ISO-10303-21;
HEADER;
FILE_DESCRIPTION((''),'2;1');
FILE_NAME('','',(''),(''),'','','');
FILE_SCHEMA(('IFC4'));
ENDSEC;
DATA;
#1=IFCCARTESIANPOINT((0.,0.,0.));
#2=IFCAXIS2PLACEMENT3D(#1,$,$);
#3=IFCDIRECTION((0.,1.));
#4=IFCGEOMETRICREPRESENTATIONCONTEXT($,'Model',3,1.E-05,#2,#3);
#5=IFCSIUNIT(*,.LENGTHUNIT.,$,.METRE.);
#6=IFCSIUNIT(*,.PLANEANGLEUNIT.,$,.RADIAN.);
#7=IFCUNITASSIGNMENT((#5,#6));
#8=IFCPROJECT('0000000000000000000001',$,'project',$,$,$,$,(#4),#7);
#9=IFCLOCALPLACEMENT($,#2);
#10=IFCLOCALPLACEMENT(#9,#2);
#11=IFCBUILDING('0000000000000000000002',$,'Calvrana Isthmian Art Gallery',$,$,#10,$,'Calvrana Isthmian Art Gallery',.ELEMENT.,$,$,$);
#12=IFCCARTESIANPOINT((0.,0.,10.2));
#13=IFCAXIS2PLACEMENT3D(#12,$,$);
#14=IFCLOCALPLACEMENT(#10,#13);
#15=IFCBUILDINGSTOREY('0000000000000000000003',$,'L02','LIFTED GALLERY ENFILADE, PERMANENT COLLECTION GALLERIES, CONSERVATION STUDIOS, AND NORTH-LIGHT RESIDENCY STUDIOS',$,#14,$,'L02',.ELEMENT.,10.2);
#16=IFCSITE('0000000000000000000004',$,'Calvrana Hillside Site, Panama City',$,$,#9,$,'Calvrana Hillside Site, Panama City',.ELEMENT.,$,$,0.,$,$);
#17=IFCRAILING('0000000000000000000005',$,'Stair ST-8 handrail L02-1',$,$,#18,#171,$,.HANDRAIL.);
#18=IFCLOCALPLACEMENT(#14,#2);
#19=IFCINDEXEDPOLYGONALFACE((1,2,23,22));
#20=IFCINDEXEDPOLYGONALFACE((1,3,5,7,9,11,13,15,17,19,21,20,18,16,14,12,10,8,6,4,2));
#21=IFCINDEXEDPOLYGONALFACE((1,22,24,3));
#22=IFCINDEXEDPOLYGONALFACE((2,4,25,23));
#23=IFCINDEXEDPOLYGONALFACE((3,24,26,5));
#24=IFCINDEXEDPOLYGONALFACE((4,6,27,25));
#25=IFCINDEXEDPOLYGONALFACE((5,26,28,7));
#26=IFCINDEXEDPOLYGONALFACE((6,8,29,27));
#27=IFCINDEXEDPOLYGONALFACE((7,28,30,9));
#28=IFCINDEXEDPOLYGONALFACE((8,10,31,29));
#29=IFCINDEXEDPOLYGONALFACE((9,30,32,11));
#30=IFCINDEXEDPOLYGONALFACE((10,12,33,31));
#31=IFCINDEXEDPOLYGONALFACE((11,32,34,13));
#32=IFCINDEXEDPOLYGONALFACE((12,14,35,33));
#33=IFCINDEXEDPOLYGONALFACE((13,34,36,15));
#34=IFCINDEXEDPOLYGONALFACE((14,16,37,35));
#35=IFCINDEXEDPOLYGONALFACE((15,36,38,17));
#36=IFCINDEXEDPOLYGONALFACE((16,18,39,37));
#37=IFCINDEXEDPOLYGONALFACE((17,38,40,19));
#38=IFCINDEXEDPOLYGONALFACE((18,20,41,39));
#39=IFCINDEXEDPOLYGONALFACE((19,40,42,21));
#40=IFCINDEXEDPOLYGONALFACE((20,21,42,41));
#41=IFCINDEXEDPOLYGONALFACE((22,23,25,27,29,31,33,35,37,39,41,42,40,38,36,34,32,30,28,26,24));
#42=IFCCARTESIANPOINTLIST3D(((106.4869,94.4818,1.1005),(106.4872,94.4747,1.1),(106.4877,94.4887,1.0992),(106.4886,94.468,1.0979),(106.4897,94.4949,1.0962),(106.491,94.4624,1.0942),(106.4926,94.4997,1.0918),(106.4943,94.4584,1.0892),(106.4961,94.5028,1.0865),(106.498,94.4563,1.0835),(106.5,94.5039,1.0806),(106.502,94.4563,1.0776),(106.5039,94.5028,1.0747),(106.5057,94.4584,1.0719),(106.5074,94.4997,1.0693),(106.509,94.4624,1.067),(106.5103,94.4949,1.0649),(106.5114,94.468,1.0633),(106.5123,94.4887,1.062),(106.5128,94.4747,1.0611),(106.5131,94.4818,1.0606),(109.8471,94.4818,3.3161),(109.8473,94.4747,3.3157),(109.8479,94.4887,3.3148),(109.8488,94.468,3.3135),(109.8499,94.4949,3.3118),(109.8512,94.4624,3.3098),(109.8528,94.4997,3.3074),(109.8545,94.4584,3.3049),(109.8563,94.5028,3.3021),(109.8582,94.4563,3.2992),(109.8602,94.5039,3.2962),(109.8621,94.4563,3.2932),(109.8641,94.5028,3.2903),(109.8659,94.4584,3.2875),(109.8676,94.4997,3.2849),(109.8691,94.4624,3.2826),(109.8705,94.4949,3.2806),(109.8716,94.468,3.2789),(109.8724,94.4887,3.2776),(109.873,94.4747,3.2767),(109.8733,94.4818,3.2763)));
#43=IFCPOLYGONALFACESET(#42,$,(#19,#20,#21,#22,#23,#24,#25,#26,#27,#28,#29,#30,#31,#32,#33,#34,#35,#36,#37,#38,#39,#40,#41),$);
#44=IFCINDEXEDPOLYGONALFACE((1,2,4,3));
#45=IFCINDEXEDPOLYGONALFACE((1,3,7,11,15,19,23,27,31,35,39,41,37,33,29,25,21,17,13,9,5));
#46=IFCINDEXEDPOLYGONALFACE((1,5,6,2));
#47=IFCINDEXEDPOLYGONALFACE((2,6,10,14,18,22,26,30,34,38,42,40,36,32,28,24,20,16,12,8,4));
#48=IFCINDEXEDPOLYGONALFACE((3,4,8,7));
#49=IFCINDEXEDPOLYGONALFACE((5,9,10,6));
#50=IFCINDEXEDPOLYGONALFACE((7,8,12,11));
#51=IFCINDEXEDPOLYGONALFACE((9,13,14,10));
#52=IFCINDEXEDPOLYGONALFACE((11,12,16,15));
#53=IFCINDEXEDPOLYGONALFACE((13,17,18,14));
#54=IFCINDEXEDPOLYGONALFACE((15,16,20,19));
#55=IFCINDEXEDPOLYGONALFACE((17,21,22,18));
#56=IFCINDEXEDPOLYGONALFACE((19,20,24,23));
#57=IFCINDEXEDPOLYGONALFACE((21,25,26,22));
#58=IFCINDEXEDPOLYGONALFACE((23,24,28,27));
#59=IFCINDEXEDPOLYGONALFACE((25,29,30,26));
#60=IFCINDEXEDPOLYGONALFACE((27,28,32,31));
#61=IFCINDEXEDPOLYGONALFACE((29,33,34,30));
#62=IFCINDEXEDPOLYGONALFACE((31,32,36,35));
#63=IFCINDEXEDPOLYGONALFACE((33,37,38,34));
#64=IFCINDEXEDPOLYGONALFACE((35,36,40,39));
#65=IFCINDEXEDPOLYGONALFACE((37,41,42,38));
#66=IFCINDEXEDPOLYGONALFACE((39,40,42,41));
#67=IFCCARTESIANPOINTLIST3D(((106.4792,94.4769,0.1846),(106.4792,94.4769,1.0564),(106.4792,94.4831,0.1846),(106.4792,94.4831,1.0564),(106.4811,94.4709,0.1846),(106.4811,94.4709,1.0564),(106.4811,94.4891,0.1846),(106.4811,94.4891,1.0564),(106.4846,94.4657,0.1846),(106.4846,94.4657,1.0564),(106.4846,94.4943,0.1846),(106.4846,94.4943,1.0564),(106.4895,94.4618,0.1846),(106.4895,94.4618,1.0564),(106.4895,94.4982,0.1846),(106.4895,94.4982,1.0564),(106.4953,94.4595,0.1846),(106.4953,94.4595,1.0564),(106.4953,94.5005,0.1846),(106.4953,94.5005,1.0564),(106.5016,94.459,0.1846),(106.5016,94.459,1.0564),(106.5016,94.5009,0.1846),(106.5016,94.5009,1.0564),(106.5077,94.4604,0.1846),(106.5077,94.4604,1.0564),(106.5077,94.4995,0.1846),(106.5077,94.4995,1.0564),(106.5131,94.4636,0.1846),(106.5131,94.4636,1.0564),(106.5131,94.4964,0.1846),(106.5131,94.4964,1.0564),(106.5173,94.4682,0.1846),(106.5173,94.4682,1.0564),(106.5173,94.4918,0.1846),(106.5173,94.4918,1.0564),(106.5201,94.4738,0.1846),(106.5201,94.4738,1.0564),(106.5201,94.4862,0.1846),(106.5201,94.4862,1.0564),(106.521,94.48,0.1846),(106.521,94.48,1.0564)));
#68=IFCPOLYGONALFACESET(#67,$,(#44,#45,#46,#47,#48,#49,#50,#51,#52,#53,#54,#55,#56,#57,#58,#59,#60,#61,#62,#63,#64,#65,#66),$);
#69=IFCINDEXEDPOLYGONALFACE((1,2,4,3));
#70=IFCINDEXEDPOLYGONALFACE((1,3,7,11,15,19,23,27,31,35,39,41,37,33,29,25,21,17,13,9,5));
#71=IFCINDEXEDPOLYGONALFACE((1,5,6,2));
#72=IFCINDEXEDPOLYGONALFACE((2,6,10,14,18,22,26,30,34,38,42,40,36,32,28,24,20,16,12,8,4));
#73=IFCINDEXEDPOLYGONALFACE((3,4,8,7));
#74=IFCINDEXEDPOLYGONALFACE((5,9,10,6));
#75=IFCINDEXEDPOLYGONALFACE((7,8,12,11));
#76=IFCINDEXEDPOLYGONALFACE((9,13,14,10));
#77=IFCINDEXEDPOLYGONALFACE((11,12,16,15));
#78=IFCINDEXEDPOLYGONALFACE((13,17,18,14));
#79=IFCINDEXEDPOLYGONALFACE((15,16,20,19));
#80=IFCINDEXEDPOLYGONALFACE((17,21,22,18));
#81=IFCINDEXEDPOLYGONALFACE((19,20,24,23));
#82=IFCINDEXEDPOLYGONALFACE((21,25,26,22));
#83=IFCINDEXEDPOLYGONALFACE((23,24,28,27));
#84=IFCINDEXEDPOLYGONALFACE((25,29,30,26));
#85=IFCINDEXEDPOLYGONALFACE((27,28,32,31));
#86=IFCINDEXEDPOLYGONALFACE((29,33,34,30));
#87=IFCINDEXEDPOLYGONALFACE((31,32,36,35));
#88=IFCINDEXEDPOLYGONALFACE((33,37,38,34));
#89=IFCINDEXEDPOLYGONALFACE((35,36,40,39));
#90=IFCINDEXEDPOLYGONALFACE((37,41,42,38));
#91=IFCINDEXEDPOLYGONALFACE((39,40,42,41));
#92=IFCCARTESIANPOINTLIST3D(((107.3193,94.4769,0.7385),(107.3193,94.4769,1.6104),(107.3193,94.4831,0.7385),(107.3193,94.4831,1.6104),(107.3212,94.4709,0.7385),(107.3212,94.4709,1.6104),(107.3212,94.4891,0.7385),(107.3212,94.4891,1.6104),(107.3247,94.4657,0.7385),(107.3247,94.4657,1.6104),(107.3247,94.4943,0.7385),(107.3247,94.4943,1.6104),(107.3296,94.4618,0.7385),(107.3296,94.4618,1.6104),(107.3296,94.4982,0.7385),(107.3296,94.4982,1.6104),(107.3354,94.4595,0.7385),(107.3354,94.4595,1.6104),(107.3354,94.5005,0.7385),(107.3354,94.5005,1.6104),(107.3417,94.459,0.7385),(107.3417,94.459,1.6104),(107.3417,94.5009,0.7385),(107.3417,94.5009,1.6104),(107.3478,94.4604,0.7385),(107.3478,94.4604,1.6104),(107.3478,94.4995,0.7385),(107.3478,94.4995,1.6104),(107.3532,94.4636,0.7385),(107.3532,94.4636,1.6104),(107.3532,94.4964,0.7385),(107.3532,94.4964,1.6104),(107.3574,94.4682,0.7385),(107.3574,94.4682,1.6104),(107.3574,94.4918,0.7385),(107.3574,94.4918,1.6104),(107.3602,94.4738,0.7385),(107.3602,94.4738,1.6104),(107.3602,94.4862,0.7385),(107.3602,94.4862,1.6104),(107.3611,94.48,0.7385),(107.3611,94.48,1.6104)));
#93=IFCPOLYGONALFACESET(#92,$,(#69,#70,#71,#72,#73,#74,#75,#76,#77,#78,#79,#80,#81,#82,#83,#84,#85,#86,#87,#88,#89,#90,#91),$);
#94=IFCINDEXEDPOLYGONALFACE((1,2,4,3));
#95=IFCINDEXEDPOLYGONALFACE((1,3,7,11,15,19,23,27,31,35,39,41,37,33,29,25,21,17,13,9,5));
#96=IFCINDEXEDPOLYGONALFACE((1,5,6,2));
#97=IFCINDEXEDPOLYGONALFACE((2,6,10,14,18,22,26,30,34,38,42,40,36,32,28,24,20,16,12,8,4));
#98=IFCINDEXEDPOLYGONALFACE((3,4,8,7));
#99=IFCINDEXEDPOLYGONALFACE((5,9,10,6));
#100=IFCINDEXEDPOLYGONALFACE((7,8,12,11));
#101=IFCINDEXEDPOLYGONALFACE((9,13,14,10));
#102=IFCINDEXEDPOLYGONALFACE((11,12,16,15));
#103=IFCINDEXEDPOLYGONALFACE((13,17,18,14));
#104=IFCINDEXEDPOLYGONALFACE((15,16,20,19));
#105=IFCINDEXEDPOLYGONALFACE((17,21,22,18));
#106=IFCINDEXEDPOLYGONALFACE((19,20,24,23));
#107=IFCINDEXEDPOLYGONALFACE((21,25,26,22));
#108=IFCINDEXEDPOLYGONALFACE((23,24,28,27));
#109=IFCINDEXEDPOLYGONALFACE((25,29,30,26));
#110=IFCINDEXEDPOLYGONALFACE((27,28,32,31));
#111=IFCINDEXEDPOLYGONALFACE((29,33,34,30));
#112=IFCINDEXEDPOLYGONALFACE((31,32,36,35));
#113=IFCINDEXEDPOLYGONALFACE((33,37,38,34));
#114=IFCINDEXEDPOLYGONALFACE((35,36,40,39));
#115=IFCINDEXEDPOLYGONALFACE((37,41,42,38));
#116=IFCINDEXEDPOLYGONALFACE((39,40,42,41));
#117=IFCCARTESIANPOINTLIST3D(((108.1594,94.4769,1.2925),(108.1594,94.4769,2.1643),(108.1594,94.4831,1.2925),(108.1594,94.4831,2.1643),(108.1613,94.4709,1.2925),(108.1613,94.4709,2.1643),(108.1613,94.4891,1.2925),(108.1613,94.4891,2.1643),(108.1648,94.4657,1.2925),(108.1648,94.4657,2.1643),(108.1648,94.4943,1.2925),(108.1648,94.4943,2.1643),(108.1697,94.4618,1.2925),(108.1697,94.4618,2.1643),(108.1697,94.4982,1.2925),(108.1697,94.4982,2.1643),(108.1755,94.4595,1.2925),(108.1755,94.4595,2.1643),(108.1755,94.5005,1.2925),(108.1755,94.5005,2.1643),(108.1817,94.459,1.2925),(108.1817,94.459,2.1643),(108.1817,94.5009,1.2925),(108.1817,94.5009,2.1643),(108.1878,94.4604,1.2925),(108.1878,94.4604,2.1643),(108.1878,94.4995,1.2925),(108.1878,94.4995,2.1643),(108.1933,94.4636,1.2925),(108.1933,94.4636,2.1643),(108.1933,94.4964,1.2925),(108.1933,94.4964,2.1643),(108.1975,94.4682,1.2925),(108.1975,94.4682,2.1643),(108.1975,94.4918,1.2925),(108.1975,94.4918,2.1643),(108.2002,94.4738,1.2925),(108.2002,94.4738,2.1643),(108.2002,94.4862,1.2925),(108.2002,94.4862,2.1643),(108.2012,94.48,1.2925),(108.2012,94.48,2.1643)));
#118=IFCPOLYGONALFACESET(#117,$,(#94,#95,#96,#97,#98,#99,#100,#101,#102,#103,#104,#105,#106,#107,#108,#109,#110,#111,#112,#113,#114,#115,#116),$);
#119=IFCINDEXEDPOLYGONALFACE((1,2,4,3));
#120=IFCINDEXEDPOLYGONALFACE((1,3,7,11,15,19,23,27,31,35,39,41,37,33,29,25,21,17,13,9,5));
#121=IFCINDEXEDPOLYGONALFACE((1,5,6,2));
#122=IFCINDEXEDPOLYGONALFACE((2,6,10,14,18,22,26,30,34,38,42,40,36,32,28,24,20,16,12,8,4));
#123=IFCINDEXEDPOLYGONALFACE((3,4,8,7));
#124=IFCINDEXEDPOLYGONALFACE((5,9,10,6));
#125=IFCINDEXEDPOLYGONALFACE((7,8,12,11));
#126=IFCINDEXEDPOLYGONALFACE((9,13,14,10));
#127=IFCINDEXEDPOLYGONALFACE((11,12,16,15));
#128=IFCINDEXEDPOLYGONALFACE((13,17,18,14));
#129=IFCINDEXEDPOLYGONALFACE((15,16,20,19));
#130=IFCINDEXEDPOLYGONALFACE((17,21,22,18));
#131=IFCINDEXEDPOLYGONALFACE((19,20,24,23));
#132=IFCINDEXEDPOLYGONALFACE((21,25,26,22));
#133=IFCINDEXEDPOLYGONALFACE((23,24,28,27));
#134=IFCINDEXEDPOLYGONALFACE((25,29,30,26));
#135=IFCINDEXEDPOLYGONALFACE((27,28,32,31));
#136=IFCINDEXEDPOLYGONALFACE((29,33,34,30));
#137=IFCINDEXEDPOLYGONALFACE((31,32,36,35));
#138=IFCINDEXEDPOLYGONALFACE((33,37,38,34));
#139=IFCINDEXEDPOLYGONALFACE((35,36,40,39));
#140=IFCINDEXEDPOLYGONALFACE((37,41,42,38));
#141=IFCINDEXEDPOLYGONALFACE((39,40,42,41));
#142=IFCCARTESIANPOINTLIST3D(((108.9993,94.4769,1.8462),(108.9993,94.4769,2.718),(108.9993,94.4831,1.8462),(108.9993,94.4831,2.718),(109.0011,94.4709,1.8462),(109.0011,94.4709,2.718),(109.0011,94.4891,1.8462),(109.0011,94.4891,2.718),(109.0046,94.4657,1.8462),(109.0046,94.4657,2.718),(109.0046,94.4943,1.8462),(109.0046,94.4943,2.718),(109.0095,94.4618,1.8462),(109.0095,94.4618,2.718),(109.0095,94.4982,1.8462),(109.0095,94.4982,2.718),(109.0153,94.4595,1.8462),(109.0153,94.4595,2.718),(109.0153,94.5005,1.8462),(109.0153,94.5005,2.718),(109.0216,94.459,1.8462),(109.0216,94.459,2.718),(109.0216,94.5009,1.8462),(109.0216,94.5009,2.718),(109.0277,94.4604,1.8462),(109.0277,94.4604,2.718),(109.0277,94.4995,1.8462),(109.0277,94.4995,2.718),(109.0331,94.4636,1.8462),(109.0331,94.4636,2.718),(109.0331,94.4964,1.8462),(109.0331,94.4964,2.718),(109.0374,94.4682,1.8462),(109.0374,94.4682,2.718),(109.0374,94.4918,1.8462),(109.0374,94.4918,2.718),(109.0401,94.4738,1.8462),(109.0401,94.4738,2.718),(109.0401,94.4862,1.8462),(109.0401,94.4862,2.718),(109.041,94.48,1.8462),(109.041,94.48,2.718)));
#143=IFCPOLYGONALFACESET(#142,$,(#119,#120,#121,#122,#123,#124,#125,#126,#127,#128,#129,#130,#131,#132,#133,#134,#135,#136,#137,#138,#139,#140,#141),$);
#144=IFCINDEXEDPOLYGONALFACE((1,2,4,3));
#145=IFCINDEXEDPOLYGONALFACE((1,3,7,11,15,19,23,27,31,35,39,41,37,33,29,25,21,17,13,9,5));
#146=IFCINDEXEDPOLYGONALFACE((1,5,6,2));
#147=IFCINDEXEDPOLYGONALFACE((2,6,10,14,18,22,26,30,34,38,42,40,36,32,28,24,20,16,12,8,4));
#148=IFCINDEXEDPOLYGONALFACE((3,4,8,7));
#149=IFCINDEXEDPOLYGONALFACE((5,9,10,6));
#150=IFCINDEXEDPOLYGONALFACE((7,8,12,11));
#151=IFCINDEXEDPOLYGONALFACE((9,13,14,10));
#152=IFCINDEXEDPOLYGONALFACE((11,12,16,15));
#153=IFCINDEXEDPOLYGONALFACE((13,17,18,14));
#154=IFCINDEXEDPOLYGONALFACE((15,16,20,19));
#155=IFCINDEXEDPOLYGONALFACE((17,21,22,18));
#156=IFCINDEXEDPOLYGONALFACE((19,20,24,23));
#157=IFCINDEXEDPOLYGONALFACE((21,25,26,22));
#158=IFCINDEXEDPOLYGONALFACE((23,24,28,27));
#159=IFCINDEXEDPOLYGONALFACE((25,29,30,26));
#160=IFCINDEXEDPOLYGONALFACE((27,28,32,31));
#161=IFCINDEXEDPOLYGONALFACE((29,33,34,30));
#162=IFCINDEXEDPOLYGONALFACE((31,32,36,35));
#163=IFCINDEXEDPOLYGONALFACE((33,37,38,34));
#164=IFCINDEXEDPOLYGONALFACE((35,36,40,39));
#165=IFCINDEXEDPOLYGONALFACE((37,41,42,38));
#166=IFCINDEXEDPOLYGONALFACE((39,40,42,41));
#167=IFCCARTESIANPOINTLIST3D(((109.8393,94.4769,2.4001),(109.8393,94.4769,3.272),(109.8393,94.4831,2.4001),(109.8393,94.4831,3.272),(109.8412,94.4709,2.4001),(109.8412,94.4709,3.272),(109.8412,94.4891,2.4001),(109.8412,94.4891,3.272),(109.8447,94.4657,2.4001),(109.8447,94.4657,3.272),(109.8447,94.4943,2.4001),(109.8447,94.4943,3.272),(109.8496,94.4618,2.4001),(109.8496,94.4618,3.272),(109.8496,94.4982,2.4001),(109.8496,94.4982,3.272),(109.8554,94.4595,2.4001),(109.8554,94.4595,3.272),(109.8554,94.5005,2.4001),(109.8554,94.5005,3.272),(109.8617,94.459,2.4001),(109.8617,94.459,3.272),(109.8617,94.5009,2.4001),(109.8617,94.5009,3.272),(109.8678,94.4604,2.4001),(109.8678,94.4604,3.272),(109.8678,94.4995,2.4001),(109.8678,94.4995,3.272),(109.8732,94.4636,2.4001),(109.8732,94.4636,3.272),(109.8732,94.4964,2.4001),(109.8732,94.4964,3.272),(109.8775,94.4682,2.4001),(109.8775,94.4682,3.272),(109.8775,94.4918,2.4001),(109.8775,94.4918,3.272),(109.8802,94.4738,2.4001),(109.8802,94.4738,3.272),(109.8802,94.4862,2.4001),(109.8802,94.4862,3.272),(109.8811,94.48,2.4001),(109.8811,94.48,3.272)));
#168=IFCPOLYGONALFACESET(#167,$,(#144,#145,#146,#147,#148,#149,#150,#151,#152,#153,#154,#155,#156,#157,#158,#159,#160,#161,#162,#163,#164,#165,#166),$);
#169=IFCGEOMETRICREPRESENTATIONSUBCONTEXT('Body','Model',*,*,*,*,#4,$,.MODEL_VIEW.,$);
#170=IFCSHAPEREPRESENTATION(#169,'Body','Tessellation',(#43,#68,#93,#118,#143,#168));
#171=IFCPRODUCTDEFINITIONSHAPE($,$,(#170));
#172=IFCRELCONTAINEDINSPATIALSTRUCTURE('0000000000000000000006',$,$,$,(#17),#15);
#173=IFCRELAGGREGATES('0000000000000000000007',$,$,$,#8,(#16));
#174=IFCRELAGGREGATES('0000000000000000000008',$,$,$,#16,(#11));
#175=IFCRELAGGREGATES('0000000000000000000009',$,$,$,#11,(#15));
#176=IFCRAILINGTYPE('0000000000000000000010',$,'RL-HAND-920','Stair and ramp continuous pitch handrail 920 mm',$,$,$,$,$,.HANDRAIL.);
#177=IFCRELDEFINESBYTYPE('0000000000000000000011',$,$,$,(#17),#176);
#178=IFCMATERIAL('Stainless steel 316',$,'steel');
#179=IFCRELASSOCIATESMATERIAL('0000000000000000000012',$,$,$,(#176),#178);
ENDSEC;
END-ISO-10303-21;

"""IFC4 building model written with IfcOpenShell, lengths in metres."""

from ifc_helpers import new_model, si_unit, direction, frame, origin, origin_2d, place, context, subcontext, project, spatial, circle, extrude, material, type_object, element, save


model = new_model("IFC4")

# Units and contexts
model_context = context("Model", 3, precision=1e-05, world=origin(), true_north=direction((0.0, 1.0)))
body_context = subcontext(model_context, "Body", "Model", "MODEL_VIEW")
ifc_project = project(units=[si_unit("LENGTHUNIT", "METRE"), si_unit("PLANEANGLEUNIT", "RADIAN")], contexts=[model_context])

# Site, building, storey
site_placement = place(None, origin())
site = spatial("IfcSite", under=ifc_project, at=site_placement, Name="Calvrana Hillside Site, Panama City", LongName="Calvrana Hillside Site, Panama City", CompositionType="ELEMENT", RefElevation=0.0)
building_placement = place(site_placement, origin())
building = spatial("IfcBuilding", under=site, at=building_placement, Name="Calvrana Isthmian Art Gallery", LongName="Calvrana Isthmian Art Gallery", CompositionType="ELEMENT")
storey_placement = place(building_placement, frame((0.0, 0.0, 10.2)))
storey = spatial("IfcBuildingStorey", under=building, at=storey_placement, Name="L02", Description="LIFTED GALLERY ENFILADE, PERMANENT COLLECTION GALLERIES, CONSERVATION STUDIOS, AND NORTH-LIGHT RESIDENCY STUDIOS", LongName="L02", CompositionType="ELEMENT", Elevation=10.2)

# Railing
ifc_material_1 = material(Name="Stainless steel 316", Category="steel")
railing_type_1 = type_object("IfcRailingType", Name="RL-HAND-920", Description="Stair and ramp continuous pitch handrail 920 mm", PredefinedType="HANDRAIL", material=ifc_material_1)
railing_1_placement = place(storey_placement, frame((106.5, 94.48, 0.1846)))
element("IfcRailing", 1, at=railing_1_placement, inside=storey, type_object=railing_type_1, Name="Stair ST-8 handrail L02-1", PredefinedType="HANDRAIL", context=body_context, shape_type="SweptSolid", body=[
    extrude(circle(Radius=0.0239, at=origin_2d()), frame((0.0, 0.0, 0.896), z_axis=(0.834849, 0.0, 0.55048), x_axis=(0.0, 1.0, 0.0)), (0.0, 0.0, 1.0), 4.0249),
    extrude(circle(Radius=0.021, at=origin_2d()), origin(), (0.0, 0.0, 1.0), 0.8718),
    extrude(circle(Radius=0.021, at=origin_2d()), frame((0.8401, 0.0, 0.554)), (0.0, 0.0, 1.0), 0.8718),
    extrude(circle(Radius=0.021, at=origin_2d()), frame((1.6802, 0.0, 1.1079)), (0.0, 0.0, 1.0), 0.8718),
    extrude(circle(Radius=0.021, at=origin_2d()), frame((2.52, 0.0, 1.6616)), (0.0, 0.0, 1.0), 0.8718),
    extrude(circle(Radius=0.021, at=origin_2d()), frame((3.3601, 0.0, 2.2156)), (0.0, 0.0, 1.0), 0.8718),
])

save(model, "model.ifc")
